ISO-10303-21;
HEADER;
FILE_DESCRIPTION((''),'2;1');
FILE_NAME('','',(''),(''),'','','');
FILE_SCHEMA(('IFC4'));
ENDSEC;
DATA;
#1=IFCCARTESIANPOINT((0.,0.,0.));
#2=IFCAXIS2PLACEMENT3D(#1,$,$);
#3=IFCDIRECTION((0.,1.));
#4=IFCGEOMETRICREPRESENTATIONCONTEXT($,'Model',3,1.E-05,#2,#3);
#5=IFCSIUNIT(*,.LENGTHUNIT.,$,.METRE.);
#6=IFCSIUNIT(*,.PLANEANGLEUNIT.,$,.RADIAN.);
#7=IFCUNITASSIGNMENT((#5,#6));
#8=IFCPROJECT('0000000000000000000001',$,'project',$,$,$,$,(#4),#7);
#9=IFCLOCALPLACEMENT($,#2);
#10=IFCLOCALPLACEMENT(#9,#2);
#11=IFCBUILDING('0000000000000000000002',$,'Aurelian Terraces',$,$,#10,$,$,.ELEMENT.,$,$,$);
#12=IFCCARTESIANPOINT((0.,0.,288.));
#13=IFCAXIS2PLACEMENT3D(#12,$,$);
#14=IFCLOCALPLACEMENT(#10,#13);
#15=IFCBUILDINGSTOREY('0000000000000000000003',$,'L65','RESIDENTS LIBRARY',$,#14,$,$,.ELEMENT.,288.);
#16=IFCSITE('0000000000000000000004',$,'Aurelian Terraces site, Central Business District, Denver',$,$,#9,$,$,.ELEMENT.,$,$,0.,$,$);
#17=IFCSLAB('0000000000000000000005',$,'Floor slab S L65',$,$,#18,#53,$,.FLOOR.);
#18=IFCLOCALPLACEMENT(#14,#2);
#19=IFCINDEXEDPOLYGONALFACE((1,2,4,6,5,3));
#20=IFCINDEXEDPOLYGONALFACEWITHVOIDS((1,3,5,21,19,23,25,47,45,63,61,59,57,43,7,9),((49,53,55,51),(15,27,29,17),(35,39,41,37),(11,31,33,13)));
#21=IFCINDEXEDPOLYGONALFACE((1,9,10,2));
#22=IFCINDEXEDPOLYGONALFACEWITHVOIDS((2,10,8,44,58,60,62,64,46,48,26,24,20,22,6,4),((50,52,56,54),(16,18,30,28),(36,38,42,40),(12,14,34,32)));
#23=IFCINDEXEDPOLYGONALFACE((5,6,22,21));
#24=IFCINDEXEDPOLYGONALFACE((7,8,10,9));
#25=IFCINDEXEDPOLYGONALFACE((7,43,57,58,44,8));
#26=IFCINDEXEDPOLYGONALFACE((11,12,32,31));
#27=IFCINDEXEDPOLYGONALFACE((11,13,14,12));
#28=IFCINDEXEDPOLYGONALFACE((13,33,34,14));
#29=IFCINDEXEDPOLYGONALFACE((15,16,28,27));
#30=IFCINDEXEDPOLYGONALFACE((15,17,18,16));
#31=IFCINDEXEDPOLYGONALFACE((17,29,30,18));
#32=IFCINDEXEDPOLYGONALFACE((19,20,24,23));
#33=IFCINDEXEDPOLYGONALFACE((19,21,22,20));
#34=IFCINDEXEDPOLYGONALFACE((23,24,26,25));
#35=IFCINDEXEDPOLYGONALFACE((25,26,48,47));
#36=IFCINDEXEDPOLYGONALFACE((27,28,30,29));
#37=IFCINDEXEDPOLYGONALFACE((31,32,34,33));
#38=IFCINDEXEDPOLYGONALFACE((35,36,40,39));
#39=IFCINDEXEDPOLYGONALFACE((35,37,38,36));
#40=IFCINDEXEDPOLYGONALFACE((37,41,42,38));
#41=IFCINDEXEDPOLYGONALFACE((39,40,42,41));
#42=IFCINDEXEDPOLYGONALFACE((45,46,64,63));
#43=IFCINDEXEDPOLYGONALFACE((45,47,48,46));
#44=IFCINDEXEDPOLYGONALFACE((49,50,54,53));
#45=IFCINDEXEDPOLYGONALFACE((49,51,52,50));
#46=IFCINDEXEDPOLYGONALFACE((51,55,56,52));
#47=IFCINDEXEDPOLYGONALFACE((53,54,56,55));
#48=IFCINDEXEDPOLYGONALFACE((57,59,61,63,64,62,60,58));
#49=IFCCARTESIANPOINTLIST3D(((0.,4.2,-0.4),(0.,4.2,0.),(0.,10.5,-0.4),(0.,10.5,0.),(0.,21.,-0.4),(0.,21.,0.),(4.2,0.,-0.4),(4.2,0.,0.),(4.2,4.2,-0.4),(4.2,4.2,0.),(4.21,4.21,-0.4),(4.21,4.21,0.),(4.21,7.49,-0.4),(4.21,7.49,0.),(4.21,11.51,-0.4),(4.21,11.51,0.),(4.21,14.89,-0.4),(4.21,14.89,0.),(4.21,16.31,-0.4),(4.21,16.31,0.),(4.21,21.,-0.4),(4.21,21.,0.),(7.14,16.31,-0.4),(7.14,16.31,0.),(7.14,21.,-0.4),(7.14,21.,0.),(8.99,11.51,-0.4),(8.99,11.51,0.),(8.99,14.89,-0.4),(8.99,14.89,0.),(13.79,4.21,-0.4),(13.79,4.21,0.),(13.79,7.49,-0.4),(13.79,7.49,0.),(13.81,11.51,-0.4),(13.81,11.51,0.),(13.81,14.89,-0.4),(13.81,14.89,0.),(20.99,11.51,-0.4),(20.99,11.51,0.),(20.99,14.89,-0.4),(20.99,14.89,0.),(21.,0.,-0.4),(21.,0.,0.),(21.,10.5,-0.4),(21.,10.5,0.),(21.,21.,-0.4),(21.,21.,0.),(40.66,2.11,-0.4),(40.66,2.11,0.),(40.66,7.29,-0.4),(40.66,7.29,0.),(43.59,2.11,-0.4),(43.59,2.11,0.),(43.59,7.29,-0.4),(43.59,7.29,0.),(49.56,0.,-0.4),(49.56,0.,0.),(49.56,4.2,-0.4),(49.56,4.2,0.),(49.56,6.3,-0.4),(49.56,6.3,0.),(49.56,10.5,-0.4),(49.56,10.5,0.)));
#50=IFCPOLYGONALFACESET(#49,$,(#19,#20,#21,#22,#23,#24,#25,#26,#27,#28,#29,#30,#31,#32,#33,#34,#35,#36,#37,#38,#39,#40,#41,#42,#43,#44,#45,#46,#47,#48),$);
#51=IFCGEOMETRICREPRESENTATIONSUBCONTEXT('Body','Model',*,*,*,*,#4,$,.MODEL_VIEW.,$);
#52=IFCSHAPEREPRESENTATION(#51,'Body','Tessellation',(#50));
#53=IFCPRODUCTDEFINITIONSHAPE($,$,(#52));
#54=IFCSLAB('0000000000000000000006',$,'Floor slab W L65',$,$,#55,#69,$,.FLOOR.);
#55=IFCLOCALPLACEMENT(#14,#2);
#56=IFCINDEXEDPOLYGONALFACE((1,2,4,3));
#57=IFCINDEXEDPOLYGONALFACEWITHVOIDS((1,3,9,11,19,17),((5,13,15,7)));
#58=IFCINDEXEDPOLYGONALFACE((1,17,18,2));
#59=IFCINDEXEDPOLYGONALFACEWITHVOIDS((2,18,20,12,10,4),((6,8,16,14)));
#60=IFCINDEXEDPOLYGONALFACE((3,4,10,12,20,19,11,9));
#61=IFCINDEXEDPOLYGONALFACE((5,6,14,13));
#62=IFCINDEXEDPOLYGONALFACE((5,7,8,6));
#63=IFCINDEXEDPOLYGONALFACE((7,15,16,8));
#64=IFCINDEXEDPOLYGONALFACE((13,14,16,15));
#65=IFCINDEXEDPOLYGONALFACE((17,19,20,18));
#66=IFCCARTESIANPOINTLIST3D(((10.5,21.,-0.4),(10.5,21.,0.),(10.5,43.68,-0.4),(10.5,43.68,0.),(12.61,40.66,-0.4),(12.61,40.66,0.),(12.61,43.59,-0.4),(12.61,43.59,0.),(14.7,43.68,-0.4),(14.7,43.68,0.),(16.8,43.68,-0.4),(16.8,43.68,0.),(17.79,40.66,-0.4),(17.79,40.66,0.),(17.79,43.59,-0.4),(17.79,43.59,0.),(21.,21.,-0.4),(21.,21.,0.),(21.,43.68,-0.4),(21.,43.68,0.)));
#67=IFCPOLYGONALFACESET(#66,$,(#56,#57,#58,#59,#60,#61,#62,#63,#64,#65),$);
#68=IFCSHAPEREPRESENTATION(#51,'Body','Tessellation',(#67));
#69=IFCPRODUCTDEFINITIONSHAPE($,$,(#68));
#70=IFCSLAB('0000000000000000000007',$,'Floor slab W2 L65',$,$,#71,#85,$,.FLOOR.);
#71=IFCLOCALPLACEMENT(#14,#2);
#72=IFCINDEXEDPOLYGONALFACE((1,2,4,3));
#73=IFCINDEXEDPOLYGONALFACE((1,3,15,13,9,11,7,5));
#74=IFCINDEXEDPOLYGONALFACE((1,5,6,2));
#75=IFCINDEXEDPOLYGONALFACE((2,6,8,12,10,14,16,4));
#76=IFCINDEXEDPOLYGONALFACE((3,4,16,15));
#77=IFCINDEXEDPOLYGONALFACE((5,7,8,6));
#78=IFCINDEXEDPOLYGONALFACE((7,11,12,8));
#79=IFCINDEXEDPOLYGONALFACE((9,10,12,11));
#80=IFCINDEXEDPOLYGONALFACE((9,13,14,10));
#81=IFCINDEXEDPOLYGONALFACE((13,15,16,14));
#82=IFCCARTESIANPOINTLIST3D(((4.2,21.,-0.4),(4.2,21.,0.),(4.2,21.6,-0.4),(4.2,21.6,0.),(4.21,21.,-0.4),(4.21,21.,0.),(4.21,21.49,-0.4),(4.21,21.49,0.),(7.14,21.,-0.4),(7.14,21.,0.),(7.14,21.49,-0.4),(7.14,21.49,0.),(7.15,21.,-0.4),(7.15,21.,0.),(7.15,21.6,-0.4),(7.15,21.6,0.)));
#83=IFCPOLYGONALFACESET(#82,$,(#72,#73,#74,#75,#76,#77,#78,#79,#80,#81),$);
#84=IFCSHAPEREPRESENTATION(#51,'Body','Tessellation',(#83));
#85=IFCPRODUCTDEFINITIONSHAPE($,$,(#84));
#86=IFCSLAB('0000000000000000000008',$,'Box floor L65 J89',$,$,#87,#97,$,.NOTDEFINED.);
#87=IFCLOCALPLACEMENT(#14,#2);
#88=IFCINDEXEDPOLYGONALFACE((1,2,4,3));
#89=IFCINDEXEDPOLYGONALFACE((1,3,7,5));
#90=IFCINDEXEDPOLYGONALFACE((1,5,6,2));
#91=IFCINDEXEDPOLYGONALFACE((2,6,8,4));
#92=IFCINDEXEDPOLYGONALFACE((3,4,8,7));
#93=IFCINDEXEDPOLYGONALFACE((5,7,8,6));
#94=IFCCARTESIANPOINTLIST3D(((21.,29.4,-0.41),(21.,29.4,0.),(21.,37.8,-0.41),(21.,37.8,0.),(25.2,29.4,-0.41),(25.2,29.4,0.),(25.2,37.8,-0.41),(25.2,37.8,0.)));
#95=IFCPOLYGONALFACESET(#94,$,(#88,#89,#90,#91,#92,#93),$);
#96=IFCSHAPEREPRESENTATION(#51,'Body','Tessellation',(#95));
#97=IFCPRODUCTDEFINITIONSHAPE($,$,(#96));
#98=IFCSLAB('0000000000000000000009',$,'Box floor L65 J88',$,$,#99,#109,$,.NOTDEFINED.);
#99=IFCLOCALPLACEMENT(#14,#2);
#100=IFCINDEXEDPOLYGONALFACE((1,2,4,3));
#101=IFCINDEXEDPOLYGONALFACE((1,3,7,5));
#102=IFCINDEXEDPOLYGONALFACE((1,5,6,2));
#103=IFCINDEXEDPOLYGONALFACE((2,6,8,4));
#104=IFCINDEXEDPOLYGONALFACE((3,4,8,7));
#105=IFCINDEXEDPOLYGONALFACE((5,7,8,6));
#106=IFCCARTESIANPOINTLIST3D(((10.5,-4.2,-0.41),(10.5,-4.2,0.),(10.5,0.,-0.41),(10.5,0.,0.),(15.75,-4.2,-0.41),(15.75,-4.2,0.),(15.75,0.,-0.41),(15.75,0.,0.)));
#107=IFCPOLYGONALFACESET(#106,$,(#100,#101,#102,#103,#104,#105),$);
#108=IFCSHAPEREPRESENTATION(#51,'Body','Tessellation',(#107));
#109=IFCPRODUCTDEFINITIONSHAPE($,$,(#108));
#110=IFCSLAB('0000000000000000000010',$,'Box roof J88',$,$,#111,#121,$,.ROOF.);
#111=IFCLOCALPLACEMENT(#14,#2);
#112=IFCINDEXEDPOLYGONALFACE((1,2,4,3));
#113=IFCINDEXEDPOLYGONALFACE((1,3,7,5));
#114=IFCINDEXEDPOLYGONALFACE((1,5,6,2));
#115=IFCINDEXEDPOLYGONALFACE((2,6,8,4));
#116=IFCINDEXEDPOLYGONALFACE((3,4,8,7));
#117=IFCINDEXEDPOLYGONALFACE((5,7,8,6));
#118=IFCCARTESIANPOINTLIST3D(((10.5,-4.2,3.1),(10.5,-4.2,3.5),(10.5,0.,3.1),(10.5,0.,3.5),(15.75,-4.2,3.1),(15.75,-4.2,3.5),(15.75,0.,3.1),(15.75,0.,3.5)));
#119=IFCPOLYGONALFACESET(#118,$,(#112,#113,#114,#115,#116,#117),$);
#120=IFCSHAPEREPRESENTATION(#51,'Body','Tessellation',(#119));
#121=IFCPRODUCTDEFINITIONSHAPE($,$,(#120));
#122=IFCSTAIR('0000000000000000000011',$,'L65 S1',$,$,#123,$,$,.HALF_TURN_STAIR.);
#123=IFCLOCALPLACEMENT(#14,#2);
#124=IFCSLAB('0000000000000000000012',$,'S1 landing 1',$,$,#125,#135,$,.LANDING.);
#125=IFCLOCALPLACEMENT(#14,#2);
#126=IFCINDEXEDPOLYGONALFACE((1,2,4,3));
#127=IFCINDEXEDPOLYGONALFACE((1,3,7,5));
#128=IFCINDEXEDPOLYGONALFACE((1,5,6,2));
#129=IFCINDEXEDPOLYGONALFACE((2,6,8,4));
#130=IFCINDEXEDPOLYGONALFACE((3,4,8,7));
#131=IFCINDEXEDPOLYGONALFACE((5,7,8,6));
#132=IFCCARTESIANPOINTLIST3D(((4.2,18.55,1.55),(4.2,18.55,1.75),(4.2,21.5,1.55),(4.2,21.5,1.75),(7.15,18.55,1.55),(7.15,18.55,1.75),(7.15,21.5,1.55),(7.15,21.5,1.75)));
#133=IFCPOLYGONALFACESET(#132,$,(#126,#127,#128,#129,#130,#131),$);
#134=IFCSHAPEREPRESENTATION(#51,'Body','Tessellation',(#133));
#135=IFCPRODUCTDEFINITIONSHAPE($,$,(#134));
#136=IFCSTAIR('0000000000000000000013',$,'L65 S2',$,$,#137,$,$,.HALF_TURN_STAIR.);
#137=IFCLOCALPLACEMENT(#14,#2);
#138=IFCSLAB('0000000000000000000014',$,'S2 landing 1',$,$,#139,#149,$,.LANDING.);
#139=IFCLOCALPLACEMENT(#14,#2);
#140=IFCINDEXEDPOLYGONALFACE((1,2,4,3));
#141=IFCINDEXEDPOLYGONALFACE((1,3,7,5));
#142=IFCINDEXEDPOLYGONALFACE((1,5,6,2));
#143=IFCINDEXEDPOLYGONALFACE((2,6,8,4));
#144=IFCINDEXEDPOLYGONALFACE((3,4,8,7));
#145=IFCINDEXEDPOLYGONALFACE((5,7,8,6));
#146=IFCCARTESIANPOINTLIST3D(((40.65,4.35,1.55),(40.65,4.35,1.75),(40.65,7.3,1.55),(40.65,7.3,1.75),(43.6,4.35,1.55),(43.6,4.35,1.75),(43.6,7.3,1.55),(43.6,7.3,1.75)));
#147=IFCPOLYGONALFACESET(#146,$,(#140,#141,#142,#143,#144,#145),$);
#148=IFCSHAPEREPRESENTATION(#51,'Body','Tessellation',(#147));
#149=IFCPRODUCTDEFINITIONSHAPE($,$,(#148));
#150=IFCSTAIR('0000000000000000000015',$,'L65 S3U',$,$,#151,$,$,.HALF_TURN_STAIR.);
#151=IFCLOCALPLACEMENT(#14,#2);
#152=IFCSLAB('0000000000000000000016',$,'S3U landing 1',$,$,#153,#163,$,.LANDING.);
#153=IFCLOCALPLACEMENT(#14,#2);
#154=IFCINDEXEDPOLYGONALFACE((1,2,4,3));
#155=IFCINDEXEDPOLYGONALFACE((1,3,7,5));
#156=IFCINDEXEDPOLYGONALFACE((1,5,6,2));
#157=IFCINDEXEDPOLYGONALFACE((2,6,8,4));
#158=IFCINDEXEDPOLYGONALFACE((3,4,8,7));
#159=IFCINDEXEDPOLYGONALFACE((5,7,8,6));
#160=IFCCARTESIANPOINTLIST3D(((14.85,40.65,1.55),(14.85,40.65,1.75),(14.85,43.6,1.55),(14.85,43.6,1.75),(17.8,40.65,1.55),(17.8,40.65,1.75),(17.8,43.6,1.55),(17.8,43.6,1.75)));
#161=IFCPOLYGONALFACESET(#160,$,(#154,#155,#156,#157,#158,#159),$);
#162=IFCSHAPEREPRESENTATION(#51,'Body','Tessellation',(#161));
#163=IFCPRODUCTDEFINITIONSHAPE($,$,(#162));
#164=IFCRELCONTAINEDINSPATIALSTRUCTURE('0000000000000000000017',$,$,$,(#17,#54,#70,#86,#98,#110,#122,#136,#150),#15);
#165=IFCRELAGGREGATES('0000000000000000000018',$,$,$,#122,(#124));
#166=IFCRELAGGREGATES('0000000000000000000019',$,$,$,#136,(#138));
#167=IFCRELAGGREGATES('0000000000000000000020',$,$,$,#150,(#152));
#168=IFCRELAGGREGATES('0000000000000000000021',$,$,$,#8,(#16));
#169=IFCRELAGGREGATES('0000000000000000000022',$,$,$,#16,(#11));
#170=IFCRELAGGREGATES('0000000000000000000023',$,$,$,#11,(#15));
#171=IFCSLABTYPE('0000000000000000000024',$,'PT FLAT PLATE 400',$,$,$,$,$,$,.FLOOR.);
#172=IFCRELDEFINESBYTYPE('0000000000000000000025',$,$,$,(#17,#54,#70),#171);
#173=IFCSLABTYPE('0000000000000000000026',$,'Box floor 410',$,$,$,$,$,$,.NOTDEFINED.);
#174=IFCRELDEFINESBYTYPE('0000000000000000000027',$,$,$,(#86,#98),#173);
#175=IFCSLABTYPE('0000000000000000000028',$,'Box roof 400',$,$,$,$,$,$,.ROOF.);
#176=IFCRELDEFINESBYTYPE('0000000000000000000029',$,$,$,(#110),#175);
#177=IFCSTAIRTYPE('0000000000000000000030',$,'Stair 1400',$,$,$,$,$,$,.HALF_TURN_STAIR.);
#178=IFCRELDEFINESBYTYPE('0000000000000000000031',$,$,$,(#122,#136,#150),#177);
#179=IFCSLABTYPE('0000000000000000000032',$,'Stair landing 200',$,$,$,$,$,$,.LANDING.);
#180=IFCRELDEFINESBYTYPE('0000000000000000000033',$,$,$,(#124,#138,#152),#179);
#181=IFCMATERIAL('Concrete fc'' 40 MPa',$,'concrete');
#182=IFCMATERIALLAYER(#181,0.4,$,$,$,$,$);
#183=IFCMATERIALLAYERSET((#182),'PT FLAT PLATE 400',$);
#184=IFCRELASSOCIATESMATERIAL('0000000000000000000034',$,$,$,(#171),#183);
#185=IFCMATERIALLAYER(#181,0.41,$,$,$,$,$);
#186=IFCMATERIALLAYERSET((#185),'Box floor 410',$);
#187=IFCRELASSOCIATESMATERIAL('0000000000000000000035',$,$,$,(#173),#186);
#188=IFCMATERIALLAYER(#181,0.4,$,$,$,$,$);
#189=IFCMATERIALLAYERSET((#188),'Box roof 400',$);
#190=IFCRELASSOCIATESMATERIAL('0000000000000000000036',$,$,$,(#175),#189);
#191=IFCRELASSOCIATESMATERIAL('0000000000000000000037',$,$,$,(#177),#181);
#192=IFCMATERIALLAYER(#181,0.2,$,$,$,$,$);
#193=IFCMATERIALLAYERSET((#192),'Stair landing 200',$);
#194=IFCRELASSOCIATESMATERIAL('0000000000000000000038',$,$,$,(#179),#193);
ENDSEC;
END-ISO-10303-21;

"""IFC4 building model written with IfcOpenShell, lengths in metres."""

from ifc_helpers import new_model, si_unit, direction, frame, origin, place, context, subcontext, project, spatial, polyline, outline, extrude, source, transform, mapped, material, layer, layer_set, type_object, element, aggregate, save


model = new_model("IFC4")

# Units and contexts
model_context = context("Model", 3, precision=1e-05, world=origin(), true_north=direction((0.0, 1.0)))
body_context = subcontext(model_context, "Body", "Model", "MODEL_VIEW")
ifc_project = project(units=[si_unit("LENGTHUNIT", "METRE"), si_unit("PLANEANGLEUNIT", "RADIAN")], contexts=[model_context])

# Site, building, storey
site_placement = place(None, origin())
site = spatial("IfcSite", under=ifc_project, at=site_placement, Name="Aurelian Terraces site, Central Business District, Denver", CompositionType="ELEMENT", RefElevation=0.0)
building_placement = place(site_placement, origin())
building = spatial("IfcBuilding", under=site, at=building_placement, Name="Aurelian Terraces", CompositionType="ELEMENT")
storey_placement = place(building_placement, frame((0.0, 0.0, 288.0)))
storey = spatial("IfcBuildingStorey", under=building, at=storey_placement, Name="L65", Description="RESIDENTS LIBRARY", CompositionType="ELEMENT", Elevation=288.0)

# Slabs
ifc_material_1 = material(Name="Concrete fc' 40 MPa", Category="concrete")
ifc_layer_1 = layer(ifc_material_1, 0.4)
ifc_layer_set_1 = layer_set([ifc_layer_1], Name="PT FLAT PLATE 400")
slab_type_1 = type_object("IfcSlabType", Name="PT FLAT PLATE 400", PredefinedType="FLOOR", material=ifc_layer_set_1)
slab_1_placement = place(storey_placement, frame((0.0, 0.0, -0.4)))
element("IfcSlab", 1, at=slab_1_placement, inside=storey, type_object=slab_type_1, Name="Floor slab S L65", PredefinedType="FLOOR", context=body_context, shape_type="SweptSolid", body=[
    extrude(outline(polyline([(21.0, 0.0), (4.2, 0.0), (4.2, 4.2), (0.0, 4.2), (0.0, 10.5), (0.0, 21.0), (4.21, 21.0), (4.21, 16.31), (7.14, 16.31), (7.14, 21.0), (21.0, 21.0), (21.0, 10.5), (49.56, 10.5), (49.56, 6.3), (49.56, 4.2), (49.56, 0.0), (21.0, 0.0)]), holes=[polyline([(40.66, 2.11), (43.59, 2.11), (43.59, 7.29), (40.66, 7.29), (40.66, 2.11)]), polyline([(13.81, 14.89), (13.81, 11.51), (20.99, 11.51), (20.99, 14.89), (13.81, 14.89)]), polyline([(4.21, 7.49), (4.21, 4.21), (13.79, 4.21), (13.79, 7.49), (4.21, 7.49)]), polyline([(8.99, 11.51), (8.99, 14.89), (4.21, 14.89), (4.21, 11.51), (8.99, 11.51)])]), origin(), (0.0, 0.0, 1.0), 0.4),
])
shared_shape_1 = source(origin(), body_context, "Body", "SweptSolid", [
    extrude(outline(polyline([(10.5, 43.68), (14.7, 43.68), (16.8, 43.68), (21.0, 43.68), (21.0, 21.0), (10.5, 21.0), (10.5, 43.68)]), holes=[polyline([(17.79, 43.59), (12.61, 43.59), (12.61, 40.66), (17.79, 40.66), (17.79, 43.59)])]), origin(), (0.0, 0.0, 1.0), 0.4),
])
slab_2_placement = place(storey_placement, frame((0.0, 0.0, -0.4)))
element("IfcSlab", 2, at=slab_2_placement, inside=storey, type_object=slab_type_1, Name="Floor slab W L65", PredefinedType="FLOOR", context=body_context, shape_type="MappedRepresentation", body=[
    mapped(shared_shape_1, transform((0.0, 0.0, 0.0), scale=1.0)),
])
shared_shape_2 = source(origin(), body_context, "Body", "SweptSolid", [
    extrude(outline(polyline([(4.2, 21.0), (4.2, 21.6), (7.15, 21.6), (7.15, 21.0), (7.14, 21.0), (7.14, 21.49), (4.21, 21.49), (4.21, 21.0), (4.2, 21.0)])), origin(), (0.0, 0.0, 1.0), 0.4),
])
slab_3_placement = place(storey_placement, frame((0.0, 0.0, -0.4)))
element("IfcSlab", 3, at=slab_3_placement, inside=storey, type_object=slab_type_1, Name="Floor slab W2 L65", PredefinedType="FLOOR", context=body_context, shape_type="MappedRepresentation", body=[
    mapped(shared_shape_2, transform((0.0, 0.0, 0.0), scale=1.0)),
])
ifc_layer_2 = layer(ifc_material_1, 0.41)
ifc_layer_set_2 = layer_set([ifc_layer_2], Name="Box floor 410")
slab_type_2 = type_object("IfcSlabType", Name="Box floor 410", PredefinedType="NOTDEFINED", material=ifc_layer_set_2)
shared_shape_3 = source(origin(), body_context, "Body", "SweptSolid", [
    extrude(outline(polyline([(25.2, 29.4), (25.2, 37.8), (21.0, 37.8), (21.0, 29.4), (25.2, 29.4)])), origin(), (0.0, 0.0, 1.0), 0.41),
])
slab_4_placement = place(storey_placement, frame((0.0, 0.0, -0.41)))
element("IfcSlab", 4, at=slab_4_placement, inside=storey, type_object=slab_type_2, Name="Box floor L65 J89", PredefinedType="NOTDEFINED", context=body_context, shape_type="MappedRepresentation", body=[
    mapped(shared_shape_3, transform((0.0, 0.0, 0.0), scale=1.0)),
])
shared_shape_4 = source(origin(), body_context, "Body", "SweptSolid", [
    extrude(outline(polyline([(10.5, -4.2), (15.75, -4.2), (15.75, 0.0), (10.5, 0.0), (10.5, -4.2)])), origin(), (0.0, 0.0, 1.0), 0.41),
])
slab_5_placement = place(storey_placement, frame((0.0, 0.0, -0.41)))
element("IfcSlab", 5, at=slab_5_placement, inside=storey, type_object=slab_type_2, Name="Box floor L65 J88", PredefinedType="NOTDEFINED", context=body_context, shape_type="MappedRepresentation", body=[
    mapped(shared_shape_4, transform((0.0, 0.0, 0.0), scale=1.0)),
])
ifc_layer_3 = layer(ifc_material_1, 0.4)
ifc_layer_set_3 = layer_set([ifc_layer_3], Name="Box roof 400")
slab_type_3 = type_object("IfcSlabType", Name="Box roof 400", PredefinedType="ROOF", material=ifc_layer_set_3)
shared_shape_5 = source(origin(), body_context, "Body", "SweptSolid", [
    extrude(outline(polyline([(10.5, -4.2), (15.75, -4.2), (15.75, 0.0), (10.5, 0.0), (10.5, -4.2)])), origin(), (0.0, 0.0, 1.0), 0.4),
])
slab_6_placement = place(storey_placement, frame((0.0, 0.0, 3.1)))
element("IfcSlab", 6, at=slab_6_placement, inside=storey, type_object=slab_type_3, Name="Box roof J88", PredefinedType="ROOF", context=body_context, shape_type="MappedRepresentation", body=[
    mapped(shared_shape_5, transform((0.0, 0.0, 0.0), scale=1.0)),
])

# Stairs, slabs
stair_type = type_object("IfcStairType", Name="Stair 1400", PredefinedType="HALF_TURN_STAIR", material=ifc_material_1)
stair_1_placement = place(storey_placement, origin())
stair_1 = element("IfcStair", 7, at=stair_1_placement, inside=storey, type_object=stair_type, Name="L65 S1", PredefinedType="HALF_TURN_STAIR")
ifc_layer_4 = layer(ifc_material_1, 0.2)
ifc_layer_set_4 = layer_set([ifc_layer_4], Name="Stair landing 200")
slab_type_4 = type_object("IfcSlabType", Name="Stair landing 200", PredefinedType="LANDING", material=ifc_layer_set_4)
shared_shape_6 = source(origin(), body_context, "Body", "SweptSolid", [
    extrude(outline(polyline([(7.15, 18.55), (7.15, 21.5), (4.2, 21.5), (4.2, 18.55), (7.15, 18.55)])), origin(), (0.0, 0.0, 1.0), 0.2),
])
slab_7_placement = place(storey_placement, frame((0.0, 0.0, 1.55)))
slab_7 = element("IfcSlab", 8, at=slab_7_placement, type_object=slab_type_4, Name="S1 landing 1", PredefinedType="LANDING", context=body_context, shape_type="MappedRepresentation", body=[
    mapped(shared_shape_6, transform((0.0, 0.0, 0.0), scale=1.0)),
])
aggregate(stair_1, [slab_7])
stair_2_placement = place(storey_placement, origin())
stair_2 = element("IfcStair", 9, at=stair_2_placement, inside=storey, type_object=stair_type, Name="L65 S2", PredefinedType="HALF_TURN_STAIR")
shared_shape_7 = source(origin(), body_context, "Body", "SweptSolid", [
    extrude(outline(polyline([(43.6, 4.35), (43.6, 7.3), (40.65, 7.3), (40.65, 4.35), (43.6, 4.35)])), origin(), (0.0, 0.0, 1.0), 0.2),
])
slab_8_placement = place(storey_placement, frame((0.0, 0.0, 1.55)))
slab_8 = element("IfcSlab", 10, at=slab_8_placement, type_object=slab_type_4, Name="S2 landing 1", PredefinedType="LANDING", context=body_context, shape_type="MappedRepresentation", body=[
    mapped(shared_shape_7, transform((0.0, 0.0, 0.0), scale=1.0)),
])
aggregate(stair_2, [slab_8])
stair_3_placement = place(storey_placement, origin())
stair_3 = element("IfcStair", 11, at=stair_3_placement, inside=storey, type_object=stair_type, Name="L65 S3U", PredefinedType="HALF_TURN_STAIR")
shared_shape_8 = source(origin(), body_context, "Body", "SweptSolid", [
    extrude(outline(polyline([(14.85, 40.65), (17.8, 40.65), (17.8, 43.6), (14.85, 43.6), (14.85, 40.65)])), origin(), (0.0, 0.0, 1.0), 0.2),
])
slab_9_placement = place(storey_placement, frame((0.0, 0.0, 1.55)))
slab_9 = element("IfcSlab", 12, at=slab_9_placement, type_object=slab_type_4, Name="S3U landing 1", PredefinedType="LANDING", context=body_context, shape_type="MappedRepresentation", body=[
    mapped(shared_shape_8, transform((0.0, 0.0, 0.0), scale=1.0)),
])
aggregate(stair_3, [slab_9])

save(model, "model.ifc")
